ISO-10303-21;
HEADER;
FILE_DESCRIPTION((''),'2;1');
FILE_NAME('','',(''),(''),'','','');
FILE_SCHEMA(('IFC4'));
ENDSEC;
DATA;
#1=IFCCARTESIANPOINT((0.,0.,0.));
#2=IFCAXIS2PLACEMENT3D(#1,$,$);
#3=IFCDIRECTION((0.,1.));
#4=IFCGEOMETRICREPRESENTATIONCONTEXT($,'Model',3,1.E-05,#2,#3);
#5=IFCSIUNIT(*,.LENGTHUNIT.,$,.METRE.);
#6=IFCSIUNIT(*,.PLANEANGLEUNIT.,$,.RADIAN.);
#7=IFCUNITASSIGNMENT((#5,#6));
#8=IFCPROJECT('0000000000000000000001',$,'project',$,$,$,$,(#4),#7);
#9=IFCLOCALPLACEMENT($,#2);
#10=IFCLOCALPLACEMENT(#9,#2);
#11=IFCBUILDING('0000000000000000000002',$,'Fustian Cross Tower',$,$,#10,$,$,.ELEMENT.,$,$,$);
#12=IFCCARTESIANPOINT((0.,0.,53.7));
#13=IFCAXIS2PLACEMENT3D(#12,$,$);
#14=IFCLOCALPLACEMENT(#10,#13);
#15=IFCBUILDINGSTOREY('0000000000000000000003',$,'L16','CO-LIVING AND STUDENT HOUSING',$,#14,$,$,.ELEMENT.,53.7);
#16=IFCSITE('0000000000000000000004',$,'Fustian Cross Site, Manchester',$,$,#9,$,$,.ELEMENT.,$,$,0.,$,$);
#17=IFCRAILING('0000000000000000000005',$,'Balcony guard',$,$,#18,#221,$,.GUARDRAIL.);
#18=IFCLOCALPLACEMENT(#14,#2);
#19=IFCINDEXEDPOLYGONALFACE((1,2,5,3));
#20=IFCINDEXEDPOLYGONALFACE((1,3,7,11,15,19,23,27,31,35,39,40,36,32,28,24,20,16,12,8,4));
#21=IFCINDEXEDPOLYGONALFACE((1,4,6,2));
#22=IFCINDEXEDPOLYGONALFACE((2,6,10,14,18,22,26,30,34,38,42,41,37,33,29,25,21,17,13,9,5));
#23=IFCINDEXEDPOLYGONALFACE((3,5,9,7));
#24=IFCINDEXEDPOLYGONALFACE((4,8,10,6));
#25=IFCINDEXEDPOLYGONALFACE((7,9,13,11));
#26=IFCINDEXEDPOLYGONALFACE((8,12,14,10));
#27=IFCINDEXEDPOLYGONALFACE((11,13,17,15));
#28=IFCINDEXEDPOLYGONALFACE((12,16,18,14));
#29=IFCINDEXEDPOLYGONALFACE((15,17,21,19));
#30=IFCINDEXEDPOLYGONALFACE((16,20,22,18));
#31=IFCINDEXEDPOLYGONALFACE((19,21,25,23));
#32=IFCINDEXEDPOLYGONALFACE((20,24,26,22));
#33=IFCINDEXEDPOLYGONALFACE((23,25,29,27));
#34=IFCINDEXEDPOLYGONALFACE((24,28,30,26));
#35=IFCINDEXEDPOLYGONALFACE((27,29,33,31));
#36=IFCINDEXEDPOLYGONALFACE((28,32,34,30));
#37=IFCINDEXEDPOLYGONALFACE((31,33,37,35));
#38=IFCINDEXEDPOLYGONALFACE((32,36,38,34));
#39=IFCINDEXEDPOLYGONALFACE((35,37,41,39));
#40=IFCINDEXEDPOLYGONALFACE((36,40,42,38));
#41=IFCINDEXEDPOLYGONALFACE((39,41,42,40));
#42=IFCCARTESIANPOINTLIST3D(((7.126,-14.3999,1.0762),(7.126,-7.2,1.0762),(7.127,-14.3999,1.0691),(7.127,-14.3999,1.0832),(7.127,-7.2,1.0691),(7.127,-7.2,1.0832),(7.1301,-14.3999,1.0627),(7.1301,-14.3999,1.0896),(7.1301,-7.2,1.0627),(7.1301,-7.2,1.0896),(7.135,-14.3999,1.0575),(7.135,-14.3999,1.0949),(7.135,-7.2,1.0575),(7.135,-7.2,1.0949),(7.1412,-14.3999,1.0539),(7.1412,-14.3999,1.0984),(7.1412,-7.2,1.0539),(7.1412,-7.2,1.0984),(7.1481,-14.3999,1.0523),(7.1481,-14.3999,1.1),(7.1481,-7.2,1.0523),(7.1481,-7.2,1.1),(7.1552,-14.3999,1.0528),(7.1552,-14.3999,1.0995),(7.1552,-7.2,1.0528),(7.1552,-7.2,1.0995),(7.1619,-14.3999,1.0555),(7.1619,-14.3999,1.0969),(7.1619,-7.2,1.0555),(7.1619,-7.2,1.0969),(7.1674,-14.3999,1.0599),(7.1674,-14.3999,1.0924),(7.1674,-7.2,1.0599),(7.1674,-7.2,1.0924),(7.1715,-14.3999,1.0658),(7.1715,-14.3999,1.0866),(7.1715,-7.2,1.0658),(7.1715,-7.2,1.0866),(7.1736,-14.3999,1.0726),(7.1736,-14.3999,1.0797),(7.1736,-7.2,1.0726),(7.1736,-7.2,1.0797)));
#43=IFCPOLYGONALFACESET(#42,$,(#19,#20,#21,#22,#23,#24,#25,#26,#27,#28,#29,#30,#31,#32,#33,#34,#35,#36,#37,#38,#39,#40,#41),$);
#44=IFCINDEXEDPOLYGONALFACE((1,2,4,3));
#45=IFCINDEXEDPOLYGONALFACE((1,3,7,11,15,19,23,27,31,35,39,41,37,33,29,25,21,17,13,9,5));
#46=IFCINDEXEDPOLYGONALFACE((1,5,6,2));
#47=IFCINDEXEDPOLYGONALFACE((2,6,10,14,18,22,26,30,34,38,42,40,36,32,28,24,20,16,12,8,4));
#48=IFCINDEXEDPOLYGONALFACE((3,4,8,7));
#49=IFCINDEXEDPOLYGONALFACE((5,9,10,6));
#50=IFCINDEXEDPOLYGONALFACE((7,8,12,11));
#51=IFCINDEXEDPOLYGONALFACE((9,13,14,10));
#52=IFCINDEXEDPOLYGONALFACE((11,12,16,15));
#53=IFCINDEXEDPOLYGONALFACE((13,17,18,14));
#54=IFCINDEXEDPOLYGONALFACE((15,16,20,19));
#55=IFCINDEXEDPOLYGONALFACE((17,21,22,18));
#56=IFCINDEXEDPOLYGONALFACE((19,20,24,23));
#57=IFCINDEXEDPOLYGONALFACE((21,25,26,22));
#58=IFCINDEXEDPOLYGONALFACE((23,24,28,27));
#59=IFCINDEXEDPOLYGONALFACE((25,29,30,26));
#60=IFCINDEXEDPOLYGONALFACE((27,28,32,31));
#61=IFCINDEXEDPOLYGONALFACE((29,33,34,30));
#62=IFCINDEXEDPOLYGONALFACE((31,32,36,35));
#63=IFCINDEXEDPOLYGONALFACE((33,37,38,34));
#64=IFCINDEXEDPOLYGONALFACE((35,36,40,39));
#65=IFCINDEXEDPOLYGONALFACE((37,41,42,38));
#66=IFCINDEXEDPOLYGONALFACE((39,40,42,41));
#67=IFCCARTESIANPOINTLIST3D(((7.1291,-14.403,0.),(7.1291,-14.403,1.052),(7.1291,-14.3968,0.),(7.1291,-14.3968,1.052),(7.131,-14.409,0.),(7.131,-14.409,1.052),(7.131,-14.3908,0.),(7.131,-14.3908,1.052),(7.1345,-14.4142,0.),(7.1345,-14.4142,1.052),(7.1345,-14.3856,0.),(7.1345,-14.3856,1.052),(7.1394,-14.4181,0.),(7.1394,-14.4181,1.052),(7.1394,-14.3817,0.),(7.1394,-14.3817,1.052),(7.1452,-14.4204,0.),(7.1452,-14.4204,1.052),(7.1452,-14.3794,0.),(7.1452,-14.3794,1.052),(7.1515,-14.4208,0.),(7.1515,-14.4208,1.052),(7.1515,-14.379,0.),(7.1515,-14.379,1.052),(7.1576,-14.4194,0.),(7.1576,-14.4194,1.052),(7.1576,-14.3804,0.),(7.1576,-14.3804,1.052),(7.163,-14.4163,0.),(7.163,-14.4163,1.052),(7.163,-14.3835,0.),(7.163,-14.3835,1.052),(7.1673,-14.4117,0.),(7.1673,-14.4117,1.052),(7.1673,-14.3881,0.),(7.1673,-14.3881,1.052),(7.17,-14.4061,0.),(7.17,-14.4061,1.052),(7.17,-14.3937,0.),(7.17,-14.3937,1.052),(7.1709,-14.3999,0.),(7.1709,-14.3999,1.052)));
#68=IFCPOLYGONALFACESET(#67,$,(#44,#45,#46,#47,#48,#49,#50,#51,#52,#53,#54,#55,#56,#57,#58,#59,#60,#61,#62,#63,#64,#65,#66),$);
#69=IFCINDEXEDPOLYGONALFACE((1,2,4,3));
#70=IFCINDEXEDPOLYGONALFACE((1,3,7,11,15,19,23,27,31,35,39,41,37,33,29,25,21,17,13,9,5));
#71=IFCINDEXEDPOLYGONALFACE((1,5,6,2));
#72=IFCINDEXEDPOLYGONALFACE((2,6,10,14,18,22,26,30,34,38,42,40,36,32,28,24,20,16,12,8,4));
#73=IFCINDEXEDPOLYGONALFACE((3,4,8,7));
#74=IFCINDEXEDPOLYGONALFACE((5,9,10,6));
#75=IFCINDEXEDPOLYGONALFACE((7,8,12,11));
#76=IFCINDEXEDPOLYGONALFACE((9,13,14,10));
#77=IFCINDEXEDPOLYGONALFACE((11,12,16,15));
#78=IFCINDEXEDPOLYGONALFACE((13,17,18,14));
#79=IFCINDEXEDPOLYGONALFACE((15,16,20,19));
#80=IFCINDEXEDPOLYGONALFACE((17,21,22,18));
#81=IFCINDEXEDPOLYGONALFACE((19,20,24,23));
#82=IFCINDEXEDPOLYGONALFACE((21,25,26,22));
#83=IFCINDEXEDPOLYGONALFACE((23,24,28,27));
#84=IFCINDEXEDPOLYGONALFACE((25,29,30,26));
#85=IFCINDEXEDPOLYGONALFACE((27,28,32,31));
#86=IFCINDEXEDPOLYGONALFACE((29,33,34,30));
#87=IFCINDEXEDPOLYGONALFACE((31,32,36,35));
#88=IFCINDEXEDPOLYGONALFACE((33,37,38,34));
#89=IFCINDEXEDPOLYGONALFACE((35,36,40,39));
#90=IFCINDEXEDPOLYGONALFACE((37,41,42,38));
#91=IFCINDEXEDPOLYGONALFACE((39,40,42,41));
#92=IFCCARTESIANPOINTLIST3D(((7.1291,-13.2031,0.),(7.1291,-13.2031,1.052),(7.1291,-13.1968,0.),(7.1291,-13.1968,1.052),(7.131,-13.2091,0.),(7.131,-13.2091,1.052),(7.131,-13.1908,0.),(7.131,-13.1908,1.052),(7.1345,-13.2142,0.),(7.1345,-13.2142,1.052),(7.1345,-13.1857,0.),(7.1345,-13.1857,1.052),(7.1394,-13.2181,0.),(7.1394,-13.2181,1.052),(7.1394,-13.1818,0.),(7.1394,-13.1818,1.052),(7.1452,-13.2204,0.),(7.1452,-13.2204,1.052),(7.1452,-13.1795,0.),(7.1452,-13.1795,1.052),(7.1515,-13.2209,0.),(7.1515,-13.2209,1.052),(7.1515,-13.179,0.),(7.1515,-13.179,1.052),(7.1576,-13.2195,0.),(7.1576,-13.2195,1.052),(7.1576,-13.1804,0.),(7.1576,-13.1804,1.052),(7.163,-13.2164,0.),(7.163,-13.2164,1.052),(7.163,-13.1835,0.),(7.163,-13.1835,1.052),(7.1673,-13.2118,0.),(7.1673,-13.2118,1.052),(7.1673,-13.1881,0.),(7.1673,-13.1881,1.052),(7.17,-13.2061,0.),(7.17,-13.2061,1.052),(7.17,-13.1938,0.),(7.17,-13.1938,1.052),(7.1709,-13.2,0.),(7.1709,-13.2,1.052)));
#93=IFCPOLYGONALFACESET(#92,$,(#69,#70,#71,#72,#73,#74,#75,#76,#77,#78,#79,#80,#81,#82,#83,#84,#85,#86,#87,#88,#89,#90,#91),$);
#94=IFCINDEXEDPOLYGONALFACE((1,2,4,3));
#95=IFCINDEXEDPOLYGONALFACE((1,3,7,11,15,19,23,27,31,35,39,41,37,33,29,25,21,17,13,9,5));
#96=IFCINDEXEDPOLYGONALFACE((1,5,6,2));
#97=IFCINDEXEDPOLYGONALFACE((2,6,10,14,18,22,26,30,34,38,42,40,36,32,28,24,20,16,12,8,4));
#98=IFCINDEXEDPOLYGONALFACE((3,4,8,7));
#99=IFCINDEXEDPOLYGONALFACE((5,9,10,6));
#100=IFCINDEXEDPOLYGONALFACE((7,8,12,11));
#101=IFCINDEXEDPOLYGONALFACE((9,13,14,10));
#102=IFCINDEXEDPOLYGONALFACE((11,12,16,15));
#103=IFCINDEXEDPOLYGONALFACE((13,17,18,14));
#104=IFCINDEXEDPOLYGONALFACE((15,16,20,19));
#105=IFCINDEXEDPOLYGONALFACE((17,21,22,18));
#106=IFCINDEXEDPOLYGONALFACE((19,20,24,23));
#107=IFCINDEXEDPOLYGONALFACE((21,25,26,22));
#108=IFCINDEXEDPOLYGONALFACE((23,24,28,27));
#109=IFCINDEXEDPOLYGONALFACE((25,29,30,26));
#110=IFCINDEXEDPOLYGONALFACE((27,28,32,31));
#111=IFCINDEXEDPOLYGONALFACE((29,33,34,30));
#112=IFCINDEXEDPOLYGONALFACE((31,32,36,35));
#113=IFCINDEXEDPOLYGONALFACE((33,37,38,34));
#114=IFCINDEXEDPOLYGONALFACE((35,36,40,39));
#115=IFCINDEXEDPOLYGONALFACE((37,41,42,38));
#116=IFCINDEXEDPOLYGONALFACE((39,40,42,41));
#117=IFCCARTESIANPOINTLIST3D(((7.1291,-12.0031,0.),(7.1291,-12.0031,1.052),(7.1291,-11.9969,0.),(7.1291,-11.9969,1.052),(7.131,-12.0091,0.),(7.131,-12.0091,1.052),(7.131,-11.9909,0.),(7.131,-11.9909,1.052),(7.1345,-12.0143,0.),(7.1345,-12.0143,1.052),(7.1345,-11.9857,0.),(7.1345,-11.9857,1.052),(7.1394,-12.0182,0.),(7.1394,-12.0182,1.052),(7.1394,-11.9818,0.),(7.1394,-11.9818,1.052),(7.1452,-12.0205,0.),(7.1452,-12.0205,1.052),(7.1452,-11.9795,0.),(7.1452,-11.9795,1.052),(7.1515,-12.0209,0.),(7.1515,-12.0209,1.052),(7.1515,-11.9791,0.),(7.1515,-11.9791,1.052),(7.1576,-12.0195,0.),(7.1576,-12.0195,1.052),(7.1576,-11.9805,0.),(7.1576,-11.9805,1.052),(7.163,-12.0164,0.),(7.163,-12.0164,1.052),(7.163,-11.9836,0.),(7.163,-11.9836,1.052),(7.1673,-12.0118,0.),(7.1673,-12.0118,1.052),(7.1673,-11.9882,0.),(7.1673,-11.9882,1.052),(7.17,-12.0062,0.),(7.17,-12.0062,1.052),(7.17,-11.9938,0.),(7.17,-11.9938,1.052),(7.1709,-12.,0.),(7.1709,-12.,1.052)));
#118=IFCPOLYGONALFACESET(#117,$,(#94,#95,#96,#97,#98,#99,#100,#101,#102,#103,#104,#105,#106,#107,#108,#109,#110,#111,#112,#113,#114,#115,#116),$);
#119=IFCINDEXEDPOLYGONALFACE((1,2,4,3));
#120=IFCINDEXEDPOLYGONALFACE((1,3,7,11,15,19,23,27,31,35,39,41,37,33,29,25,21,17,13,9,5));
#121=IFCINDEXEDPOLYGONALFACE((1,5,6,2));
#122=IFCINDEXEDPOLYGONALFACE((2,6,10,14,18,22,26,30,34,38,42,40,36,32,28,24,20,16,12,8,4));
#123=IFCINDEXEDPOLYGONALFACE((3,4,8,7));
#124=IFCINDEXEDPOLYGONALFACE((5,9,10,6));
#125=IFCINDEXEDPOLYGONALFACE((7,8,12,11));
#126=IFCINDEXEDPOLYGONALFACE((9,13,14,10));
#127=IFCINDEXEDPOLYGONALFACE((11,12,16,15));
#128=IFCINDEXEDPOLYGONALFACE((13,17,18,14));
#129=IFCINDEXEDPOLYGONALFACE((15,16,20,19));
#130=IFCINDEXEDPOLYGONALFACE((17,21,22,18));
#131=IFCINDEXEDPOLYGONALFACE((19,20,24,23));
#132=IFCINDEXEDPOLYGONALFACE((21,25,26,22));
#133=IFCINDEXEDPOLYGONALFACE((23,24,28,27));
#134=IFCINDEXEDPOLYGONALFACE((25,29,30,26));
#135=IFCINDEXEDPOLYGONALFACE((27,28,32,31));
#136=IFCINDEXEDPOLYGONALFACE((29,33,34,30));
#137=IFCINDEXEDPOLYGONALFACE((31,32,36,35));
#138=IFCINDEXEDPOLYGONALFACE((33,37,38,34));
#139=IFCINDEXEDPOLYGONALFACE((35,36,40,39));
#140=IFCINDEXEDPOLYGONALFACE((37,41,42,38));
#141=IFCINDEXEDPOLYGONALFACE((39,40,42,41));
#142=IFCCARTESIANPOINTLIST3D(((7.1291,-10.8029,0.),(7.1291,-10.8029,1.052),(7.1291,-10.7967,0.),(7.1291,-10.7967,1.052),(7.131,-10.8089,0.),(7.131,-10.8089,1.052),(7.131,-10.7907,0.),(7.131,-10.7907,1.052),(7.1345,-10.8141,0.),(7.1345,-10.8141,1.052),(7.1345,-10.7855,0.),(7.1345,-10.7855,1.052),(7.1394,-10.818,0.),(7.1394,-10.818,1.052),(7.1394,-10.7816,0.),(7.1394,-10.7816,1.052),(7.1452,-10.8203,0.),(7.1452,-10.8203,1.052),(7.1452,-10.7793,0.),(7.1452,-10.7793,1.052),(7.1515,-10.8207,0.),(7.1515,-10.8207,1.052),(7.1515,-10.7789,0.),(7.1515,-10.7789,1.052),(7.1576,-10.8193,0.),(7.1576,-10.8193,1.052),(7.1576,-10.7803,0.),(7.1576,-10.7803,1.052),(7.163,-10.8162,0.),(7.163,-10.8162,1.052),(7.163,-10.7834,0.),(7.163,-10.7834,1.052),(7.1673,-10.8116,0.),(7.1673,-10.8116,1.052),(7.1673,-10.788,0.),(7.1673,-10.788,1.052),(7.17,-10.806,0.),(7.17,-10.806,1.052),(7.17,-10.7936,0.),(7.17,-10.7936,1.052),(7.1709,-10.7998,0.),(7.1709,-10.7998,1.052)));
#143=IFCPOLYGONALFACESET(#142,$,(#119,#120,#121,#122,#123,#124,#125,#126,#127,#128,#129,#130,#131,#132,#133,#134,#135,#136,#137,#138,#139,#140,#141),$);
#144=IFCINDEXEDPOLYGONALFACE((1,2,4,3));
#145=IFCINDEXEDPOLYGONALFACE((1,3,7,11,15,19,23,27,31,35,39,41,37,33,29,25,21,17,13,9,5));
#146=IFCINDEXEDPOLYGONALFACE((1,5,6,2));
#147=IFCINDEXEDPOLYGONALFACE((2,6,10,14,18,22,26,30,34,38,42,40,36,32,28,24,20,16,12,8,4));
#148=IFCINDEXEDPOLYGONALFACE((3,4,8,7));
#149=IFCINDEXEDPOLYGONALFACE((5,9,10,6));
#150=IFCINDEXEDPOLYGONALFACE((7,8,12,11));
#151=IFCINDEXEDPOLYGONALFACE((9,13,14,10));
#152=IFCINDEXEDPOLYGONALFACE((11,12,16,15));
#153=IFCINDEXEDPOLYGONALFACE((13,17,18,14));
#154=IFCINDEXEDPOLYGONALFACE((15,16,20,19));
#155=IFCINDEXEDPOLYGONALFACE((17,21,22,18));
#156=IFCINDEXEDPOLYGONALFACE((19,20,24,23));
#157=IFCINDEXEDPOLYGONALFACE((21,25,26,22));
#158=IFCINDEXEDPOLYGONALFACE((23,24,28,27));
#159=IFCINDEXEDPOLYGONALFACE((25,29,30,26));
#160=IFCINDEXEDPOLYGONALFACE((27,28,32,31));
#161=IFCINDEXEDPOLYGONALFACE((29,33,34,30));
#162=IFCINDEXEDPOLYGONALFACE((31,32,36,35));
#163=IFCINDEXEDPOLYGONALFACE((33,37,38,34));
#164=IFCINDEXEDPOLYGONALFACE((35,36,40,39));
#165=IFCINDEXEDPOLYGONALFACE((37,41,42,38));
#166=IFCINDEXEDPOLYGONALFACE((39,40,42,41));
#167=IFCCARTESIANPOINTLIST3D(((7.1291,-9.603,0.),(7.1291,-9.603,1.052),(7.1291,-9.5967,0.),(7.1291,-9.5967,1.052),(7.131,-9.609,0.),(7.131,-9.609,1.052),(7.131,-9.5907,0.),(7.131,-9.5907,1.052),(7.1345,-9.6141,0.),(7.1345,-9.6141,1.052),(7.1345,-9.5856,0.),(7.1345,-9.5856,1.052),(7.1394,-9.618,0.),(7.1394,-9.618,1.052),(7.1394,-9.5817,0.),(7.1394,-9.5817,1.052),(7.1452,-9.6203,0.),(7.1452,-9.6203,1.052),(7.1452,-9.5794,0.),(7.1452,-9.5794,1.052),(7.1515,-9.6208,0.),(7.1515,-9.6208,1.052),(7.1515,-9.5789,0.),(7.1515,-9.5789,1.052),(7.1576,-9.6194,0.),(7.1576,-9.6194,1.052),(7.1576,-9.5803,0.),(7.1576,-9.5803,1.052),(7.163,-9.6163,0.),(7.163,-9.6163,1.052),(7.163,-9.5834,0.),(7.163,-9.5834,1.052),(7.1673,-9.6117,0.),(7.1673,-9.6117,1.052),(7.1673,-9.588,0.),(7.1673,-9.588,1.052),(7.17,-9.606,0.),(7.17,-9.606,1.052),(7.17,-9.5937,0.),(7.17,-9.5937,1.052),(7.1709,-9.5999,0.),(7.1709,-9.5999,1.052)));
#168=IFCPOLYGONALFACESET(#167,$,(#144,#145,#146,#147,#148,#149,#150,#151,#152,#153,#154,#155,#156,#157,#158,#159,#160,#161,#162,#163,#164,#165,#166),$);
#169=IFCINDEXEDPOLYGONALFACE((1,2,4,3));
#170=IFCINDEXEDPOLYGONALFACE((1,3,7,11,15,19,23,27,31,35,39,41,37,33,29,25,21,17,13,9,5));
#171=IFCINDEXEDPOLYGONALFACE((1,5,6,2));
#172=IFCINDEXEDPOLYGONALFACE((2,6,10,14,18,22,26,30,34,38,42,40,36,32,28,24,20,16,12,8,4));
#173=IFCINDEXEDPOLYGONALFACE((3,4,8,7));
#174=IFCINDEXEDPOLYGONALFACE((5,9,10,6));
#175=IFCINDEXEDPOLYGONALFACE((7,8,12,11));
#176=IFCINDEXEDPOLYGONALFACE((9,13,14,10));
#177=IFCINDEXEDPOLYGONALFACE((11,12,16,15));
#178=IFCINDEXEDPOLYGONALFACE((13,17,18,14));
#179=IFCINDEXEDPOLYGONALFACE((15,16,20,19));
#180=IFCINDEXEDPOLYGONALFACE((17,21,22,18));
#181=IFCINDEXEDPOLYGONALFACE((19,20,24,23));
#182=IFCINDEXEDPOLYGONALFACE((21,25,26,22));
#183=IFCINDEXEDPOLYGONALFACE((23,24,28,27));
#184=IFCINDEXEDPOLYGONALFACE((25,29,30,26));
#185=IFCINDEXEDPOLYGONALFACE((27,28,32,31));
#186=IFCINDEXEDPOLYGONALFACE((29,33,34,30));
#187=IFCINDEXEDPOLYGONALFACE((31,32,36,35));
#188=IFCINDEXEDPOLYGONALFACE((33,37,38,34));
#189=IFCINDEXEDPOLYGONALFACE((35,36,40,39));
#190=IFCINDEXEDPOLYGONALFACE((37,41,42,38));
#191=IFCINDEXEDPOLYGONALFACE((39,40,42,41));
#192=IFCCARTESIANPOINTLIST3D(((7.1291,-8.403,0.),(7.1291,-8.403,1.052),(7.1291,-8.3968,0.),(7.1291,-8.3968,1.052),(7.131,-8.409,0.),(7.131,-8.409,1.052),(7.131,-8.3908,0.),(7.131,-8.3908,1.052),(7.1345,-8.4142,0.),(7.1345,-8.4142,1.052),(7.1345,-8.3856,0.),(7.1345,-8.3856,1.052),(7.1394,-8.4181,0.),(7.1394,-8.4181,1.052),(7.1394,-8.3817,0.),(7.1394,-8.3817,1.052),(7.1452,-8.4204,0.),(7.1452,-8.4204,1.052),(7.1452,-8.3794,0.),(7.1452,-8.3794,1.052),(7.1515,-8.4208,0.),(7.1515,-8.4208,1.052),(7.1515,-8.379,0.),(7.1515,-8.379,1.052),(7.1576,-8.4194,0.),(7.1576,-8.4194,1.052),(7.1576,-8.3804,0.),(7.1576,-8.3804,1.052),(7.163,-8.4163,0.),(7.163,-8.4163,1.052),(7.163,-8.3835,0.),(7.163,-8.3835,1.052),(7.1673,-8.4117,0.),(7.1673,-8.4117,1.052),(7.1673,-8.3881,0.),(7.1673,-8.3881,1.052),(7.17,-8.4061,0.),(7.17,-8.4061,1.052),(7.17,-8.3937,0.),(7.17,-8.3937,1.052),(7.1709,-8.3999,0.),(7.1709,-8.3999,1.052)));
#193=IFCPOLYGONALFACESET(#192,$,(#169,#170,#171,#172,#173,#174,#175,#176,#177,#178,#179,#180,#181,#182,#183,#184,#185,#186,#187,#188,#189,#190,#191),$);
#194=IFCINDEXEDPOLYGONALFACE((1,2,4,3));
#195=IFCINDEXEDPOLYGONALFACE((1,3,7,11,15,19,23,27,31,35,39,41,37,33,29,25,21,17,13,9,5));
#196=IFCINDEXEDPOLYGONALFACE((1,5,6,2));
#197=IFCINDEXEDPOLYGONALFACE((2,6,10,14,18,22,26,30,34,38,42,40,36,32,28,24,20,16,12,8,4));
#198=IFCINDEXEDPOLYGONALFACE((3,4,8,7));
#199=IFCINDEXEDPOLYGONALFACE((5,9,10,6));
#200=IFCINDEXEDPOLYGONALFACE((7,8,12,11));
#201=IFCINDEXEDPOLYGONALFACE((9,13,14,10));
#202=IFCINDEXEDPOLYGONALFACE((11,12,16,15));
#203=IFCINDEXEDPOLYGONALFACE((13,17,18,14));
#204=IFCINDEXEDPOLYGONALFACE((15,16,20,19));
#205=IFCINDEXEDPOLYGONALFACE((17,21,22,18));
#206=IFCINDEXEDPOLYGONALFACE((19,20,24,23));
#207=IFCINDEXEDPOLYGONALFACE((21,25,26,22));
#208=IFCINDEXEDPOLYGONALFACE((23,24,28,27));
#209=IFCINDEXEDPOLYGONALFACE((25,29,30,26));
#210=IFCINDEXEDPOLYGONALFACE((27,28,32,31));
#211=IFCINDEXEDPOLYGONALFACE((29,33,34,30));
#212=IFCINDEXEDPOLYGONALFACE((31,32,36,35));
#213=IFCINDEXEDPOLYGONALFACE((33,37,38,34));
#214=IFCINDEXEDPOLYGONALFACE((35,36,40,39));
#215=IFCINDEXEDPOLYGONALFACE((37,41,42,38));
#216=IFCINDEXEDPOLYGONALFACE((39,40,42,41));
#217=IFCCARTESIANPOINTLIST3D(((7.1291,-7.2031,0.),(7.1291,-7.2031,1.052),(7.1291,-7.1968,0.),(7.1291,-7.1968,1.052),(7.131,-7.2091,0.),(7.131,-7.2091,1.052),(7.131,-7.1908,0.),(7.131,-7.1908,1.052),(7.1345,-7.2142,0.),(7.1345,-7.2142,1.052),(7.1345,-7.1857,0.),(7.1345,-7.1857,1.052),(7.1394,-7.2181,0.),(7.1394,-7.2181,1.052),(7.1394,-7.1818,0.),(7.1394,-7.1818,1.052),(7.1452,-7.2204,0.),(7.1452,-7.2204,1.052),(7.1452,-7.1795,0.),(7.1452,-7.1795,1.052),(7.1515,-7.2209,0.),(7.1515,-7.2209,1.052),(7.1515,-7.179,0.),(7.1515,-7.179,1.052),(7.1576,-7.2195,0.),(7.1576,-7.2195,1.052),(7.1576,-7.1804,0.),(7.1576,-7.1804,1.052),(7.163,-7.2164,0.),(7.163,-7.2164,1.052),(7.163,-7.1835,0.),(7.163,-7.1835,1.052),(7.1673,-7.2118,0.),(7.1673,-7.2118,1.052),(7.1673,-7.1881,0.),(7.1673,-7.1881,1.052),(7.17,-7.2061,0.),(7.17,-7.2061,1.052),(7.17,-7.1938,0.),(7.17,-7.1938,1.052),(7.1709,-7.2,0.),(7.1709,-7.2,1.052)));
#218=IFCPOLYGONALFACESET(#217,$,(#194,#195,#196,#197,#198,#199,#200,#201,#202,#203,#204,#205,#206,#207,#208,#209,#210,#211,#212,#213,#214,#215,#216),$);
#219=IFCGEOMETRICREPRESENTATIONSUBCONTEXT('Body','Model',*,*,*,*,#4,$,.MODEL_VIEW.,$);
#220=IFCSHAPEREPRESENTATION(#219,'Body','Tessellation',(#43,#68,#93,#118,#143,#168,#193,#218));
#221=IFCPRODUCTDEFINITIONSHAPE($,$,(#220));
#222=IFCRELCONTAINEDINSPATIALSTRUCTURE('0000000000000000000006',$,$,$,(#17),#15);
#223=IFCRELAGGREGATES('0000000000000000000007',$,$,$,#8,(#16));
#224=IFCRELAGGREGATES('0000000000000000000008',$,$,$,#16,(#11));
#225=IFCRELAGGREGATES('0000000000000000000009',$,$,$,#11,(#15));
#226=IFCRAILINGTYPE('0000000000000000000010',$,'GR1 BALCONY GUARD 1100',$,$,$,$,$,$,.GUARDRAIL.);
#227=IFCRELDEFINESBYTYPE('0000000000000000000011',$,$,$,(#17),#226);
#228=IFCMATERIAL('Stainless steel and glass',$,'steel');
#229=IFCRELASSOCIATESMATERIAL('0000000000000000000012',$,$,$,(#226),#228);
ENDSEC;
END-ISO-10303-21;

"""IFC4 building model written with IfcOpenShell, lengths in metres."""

from ifc_helpers import new_model, si_unit, direction, frame, origin, origin_2d, place, context, subcontext, project, spatial, circle, extrude, material, type_object, element, save


model = new_model("IFC4")

# Units and contexts
model_context = context("Model", 3, precision=1e-05, world=origin(), true_north=direction((0.0, 1.0)))
body_context = subcontext(model_context, "Body", "Model", "MODEL_VIEW")
ifc_project = project(units=[si_unit("LENGTHUNIT", "METRE"), si_unit("PLANEANGLEUNIT", "RADIAN")], contexts=[model_context])

# Site, building, storey
site_placement = place(None, origin())
site = spatial("IfcSite", under=ifc_project, at=site_placement, Name="Fustian Cross Site, Manchester", CompositionType="ELEMENT", RefElevation=0.0)
building_placement = place(site_placement, origin())
building = spatial("IfcBuilding", under=site, at=building_placement, Name="Fustian Cross Tower", CompositionType="ELEMENT")
storey_placement = place(building_placement, frame((0.0, 0.0, 53.7)))
storey = spatial("IfcBuildingStorey", under=building, at=storey_placement, Name="L16", Description="CO-LIVING AND STUDENT HOUSING", CompositionType="ELEMENT", Elevation=53.7)

# Railing
ifc_material_1 = material(Name="Stainless steel and glass", Category="steel")
railing_type = type_object("IfcRailingType", Name="GR1 BALCONY GUARD 1100", PredefinedType="GUARDRAIL", material=ifc_material_1)
railing_placement = place(storey_placement, frame((7.1499, -14.3999, 0.0)))
element("IfcRailing", 1, at=railing_placement, inside=storey, type_object=railing_type, Name="Balcony guard", PredefinedType="GUARDRAIL", context=body_context, shape_type="SweptSolid", body=[
    extrude(circle(Radius=0.0239, at=origin_2d()), frame((0.0, 0.0, 1.0762), z_axis=(0.0, 1.0, 0.0), x_axis=(-1.0, 0.0, 0.0)), (0.0, 0.0, 1.0), 7.2),
    extrude(circle(Radius=0.021, at=origin_2d()), origin(), (0.0, 0.0, 1.0), 1.052),
    extrude(circle(Radius=0.021, at=origin_2d()), frame((0.0, 1.2, 0.0)), (0.0, 0.0, 1.0), 1.052),
    extrude(circle(Radius=0.021, at=origin_2d()), frame((0.0, 2.3999, 0.0)), (0.0, 0.0, 1.0), 1.052),
    extrude(circle(Radius=0.021, at=origin_2d()), frame((0.0, 3.6001, 0.0)), (0.0, 0.0, 1.0), 1.052),
    extrude(circle(Radius=0.021, at=origin_2d()), frame((0.0, 4.8, 0.0)), (0.0, 0.0, 1.0), 1.052),
    extrude(circle(Radius=0.021, at=origin_2d()), frame((0.0, 6.0, 0.0)), (0.0, 0.0, 1.0), 1.052),
    extrude(circle(Radius=0.021, at=origin_2d()), frame((0.0, 7.2, 0.0)), (0.0, 0.0, 1.0), 1.052),
])

save(model, "model.ifc")
